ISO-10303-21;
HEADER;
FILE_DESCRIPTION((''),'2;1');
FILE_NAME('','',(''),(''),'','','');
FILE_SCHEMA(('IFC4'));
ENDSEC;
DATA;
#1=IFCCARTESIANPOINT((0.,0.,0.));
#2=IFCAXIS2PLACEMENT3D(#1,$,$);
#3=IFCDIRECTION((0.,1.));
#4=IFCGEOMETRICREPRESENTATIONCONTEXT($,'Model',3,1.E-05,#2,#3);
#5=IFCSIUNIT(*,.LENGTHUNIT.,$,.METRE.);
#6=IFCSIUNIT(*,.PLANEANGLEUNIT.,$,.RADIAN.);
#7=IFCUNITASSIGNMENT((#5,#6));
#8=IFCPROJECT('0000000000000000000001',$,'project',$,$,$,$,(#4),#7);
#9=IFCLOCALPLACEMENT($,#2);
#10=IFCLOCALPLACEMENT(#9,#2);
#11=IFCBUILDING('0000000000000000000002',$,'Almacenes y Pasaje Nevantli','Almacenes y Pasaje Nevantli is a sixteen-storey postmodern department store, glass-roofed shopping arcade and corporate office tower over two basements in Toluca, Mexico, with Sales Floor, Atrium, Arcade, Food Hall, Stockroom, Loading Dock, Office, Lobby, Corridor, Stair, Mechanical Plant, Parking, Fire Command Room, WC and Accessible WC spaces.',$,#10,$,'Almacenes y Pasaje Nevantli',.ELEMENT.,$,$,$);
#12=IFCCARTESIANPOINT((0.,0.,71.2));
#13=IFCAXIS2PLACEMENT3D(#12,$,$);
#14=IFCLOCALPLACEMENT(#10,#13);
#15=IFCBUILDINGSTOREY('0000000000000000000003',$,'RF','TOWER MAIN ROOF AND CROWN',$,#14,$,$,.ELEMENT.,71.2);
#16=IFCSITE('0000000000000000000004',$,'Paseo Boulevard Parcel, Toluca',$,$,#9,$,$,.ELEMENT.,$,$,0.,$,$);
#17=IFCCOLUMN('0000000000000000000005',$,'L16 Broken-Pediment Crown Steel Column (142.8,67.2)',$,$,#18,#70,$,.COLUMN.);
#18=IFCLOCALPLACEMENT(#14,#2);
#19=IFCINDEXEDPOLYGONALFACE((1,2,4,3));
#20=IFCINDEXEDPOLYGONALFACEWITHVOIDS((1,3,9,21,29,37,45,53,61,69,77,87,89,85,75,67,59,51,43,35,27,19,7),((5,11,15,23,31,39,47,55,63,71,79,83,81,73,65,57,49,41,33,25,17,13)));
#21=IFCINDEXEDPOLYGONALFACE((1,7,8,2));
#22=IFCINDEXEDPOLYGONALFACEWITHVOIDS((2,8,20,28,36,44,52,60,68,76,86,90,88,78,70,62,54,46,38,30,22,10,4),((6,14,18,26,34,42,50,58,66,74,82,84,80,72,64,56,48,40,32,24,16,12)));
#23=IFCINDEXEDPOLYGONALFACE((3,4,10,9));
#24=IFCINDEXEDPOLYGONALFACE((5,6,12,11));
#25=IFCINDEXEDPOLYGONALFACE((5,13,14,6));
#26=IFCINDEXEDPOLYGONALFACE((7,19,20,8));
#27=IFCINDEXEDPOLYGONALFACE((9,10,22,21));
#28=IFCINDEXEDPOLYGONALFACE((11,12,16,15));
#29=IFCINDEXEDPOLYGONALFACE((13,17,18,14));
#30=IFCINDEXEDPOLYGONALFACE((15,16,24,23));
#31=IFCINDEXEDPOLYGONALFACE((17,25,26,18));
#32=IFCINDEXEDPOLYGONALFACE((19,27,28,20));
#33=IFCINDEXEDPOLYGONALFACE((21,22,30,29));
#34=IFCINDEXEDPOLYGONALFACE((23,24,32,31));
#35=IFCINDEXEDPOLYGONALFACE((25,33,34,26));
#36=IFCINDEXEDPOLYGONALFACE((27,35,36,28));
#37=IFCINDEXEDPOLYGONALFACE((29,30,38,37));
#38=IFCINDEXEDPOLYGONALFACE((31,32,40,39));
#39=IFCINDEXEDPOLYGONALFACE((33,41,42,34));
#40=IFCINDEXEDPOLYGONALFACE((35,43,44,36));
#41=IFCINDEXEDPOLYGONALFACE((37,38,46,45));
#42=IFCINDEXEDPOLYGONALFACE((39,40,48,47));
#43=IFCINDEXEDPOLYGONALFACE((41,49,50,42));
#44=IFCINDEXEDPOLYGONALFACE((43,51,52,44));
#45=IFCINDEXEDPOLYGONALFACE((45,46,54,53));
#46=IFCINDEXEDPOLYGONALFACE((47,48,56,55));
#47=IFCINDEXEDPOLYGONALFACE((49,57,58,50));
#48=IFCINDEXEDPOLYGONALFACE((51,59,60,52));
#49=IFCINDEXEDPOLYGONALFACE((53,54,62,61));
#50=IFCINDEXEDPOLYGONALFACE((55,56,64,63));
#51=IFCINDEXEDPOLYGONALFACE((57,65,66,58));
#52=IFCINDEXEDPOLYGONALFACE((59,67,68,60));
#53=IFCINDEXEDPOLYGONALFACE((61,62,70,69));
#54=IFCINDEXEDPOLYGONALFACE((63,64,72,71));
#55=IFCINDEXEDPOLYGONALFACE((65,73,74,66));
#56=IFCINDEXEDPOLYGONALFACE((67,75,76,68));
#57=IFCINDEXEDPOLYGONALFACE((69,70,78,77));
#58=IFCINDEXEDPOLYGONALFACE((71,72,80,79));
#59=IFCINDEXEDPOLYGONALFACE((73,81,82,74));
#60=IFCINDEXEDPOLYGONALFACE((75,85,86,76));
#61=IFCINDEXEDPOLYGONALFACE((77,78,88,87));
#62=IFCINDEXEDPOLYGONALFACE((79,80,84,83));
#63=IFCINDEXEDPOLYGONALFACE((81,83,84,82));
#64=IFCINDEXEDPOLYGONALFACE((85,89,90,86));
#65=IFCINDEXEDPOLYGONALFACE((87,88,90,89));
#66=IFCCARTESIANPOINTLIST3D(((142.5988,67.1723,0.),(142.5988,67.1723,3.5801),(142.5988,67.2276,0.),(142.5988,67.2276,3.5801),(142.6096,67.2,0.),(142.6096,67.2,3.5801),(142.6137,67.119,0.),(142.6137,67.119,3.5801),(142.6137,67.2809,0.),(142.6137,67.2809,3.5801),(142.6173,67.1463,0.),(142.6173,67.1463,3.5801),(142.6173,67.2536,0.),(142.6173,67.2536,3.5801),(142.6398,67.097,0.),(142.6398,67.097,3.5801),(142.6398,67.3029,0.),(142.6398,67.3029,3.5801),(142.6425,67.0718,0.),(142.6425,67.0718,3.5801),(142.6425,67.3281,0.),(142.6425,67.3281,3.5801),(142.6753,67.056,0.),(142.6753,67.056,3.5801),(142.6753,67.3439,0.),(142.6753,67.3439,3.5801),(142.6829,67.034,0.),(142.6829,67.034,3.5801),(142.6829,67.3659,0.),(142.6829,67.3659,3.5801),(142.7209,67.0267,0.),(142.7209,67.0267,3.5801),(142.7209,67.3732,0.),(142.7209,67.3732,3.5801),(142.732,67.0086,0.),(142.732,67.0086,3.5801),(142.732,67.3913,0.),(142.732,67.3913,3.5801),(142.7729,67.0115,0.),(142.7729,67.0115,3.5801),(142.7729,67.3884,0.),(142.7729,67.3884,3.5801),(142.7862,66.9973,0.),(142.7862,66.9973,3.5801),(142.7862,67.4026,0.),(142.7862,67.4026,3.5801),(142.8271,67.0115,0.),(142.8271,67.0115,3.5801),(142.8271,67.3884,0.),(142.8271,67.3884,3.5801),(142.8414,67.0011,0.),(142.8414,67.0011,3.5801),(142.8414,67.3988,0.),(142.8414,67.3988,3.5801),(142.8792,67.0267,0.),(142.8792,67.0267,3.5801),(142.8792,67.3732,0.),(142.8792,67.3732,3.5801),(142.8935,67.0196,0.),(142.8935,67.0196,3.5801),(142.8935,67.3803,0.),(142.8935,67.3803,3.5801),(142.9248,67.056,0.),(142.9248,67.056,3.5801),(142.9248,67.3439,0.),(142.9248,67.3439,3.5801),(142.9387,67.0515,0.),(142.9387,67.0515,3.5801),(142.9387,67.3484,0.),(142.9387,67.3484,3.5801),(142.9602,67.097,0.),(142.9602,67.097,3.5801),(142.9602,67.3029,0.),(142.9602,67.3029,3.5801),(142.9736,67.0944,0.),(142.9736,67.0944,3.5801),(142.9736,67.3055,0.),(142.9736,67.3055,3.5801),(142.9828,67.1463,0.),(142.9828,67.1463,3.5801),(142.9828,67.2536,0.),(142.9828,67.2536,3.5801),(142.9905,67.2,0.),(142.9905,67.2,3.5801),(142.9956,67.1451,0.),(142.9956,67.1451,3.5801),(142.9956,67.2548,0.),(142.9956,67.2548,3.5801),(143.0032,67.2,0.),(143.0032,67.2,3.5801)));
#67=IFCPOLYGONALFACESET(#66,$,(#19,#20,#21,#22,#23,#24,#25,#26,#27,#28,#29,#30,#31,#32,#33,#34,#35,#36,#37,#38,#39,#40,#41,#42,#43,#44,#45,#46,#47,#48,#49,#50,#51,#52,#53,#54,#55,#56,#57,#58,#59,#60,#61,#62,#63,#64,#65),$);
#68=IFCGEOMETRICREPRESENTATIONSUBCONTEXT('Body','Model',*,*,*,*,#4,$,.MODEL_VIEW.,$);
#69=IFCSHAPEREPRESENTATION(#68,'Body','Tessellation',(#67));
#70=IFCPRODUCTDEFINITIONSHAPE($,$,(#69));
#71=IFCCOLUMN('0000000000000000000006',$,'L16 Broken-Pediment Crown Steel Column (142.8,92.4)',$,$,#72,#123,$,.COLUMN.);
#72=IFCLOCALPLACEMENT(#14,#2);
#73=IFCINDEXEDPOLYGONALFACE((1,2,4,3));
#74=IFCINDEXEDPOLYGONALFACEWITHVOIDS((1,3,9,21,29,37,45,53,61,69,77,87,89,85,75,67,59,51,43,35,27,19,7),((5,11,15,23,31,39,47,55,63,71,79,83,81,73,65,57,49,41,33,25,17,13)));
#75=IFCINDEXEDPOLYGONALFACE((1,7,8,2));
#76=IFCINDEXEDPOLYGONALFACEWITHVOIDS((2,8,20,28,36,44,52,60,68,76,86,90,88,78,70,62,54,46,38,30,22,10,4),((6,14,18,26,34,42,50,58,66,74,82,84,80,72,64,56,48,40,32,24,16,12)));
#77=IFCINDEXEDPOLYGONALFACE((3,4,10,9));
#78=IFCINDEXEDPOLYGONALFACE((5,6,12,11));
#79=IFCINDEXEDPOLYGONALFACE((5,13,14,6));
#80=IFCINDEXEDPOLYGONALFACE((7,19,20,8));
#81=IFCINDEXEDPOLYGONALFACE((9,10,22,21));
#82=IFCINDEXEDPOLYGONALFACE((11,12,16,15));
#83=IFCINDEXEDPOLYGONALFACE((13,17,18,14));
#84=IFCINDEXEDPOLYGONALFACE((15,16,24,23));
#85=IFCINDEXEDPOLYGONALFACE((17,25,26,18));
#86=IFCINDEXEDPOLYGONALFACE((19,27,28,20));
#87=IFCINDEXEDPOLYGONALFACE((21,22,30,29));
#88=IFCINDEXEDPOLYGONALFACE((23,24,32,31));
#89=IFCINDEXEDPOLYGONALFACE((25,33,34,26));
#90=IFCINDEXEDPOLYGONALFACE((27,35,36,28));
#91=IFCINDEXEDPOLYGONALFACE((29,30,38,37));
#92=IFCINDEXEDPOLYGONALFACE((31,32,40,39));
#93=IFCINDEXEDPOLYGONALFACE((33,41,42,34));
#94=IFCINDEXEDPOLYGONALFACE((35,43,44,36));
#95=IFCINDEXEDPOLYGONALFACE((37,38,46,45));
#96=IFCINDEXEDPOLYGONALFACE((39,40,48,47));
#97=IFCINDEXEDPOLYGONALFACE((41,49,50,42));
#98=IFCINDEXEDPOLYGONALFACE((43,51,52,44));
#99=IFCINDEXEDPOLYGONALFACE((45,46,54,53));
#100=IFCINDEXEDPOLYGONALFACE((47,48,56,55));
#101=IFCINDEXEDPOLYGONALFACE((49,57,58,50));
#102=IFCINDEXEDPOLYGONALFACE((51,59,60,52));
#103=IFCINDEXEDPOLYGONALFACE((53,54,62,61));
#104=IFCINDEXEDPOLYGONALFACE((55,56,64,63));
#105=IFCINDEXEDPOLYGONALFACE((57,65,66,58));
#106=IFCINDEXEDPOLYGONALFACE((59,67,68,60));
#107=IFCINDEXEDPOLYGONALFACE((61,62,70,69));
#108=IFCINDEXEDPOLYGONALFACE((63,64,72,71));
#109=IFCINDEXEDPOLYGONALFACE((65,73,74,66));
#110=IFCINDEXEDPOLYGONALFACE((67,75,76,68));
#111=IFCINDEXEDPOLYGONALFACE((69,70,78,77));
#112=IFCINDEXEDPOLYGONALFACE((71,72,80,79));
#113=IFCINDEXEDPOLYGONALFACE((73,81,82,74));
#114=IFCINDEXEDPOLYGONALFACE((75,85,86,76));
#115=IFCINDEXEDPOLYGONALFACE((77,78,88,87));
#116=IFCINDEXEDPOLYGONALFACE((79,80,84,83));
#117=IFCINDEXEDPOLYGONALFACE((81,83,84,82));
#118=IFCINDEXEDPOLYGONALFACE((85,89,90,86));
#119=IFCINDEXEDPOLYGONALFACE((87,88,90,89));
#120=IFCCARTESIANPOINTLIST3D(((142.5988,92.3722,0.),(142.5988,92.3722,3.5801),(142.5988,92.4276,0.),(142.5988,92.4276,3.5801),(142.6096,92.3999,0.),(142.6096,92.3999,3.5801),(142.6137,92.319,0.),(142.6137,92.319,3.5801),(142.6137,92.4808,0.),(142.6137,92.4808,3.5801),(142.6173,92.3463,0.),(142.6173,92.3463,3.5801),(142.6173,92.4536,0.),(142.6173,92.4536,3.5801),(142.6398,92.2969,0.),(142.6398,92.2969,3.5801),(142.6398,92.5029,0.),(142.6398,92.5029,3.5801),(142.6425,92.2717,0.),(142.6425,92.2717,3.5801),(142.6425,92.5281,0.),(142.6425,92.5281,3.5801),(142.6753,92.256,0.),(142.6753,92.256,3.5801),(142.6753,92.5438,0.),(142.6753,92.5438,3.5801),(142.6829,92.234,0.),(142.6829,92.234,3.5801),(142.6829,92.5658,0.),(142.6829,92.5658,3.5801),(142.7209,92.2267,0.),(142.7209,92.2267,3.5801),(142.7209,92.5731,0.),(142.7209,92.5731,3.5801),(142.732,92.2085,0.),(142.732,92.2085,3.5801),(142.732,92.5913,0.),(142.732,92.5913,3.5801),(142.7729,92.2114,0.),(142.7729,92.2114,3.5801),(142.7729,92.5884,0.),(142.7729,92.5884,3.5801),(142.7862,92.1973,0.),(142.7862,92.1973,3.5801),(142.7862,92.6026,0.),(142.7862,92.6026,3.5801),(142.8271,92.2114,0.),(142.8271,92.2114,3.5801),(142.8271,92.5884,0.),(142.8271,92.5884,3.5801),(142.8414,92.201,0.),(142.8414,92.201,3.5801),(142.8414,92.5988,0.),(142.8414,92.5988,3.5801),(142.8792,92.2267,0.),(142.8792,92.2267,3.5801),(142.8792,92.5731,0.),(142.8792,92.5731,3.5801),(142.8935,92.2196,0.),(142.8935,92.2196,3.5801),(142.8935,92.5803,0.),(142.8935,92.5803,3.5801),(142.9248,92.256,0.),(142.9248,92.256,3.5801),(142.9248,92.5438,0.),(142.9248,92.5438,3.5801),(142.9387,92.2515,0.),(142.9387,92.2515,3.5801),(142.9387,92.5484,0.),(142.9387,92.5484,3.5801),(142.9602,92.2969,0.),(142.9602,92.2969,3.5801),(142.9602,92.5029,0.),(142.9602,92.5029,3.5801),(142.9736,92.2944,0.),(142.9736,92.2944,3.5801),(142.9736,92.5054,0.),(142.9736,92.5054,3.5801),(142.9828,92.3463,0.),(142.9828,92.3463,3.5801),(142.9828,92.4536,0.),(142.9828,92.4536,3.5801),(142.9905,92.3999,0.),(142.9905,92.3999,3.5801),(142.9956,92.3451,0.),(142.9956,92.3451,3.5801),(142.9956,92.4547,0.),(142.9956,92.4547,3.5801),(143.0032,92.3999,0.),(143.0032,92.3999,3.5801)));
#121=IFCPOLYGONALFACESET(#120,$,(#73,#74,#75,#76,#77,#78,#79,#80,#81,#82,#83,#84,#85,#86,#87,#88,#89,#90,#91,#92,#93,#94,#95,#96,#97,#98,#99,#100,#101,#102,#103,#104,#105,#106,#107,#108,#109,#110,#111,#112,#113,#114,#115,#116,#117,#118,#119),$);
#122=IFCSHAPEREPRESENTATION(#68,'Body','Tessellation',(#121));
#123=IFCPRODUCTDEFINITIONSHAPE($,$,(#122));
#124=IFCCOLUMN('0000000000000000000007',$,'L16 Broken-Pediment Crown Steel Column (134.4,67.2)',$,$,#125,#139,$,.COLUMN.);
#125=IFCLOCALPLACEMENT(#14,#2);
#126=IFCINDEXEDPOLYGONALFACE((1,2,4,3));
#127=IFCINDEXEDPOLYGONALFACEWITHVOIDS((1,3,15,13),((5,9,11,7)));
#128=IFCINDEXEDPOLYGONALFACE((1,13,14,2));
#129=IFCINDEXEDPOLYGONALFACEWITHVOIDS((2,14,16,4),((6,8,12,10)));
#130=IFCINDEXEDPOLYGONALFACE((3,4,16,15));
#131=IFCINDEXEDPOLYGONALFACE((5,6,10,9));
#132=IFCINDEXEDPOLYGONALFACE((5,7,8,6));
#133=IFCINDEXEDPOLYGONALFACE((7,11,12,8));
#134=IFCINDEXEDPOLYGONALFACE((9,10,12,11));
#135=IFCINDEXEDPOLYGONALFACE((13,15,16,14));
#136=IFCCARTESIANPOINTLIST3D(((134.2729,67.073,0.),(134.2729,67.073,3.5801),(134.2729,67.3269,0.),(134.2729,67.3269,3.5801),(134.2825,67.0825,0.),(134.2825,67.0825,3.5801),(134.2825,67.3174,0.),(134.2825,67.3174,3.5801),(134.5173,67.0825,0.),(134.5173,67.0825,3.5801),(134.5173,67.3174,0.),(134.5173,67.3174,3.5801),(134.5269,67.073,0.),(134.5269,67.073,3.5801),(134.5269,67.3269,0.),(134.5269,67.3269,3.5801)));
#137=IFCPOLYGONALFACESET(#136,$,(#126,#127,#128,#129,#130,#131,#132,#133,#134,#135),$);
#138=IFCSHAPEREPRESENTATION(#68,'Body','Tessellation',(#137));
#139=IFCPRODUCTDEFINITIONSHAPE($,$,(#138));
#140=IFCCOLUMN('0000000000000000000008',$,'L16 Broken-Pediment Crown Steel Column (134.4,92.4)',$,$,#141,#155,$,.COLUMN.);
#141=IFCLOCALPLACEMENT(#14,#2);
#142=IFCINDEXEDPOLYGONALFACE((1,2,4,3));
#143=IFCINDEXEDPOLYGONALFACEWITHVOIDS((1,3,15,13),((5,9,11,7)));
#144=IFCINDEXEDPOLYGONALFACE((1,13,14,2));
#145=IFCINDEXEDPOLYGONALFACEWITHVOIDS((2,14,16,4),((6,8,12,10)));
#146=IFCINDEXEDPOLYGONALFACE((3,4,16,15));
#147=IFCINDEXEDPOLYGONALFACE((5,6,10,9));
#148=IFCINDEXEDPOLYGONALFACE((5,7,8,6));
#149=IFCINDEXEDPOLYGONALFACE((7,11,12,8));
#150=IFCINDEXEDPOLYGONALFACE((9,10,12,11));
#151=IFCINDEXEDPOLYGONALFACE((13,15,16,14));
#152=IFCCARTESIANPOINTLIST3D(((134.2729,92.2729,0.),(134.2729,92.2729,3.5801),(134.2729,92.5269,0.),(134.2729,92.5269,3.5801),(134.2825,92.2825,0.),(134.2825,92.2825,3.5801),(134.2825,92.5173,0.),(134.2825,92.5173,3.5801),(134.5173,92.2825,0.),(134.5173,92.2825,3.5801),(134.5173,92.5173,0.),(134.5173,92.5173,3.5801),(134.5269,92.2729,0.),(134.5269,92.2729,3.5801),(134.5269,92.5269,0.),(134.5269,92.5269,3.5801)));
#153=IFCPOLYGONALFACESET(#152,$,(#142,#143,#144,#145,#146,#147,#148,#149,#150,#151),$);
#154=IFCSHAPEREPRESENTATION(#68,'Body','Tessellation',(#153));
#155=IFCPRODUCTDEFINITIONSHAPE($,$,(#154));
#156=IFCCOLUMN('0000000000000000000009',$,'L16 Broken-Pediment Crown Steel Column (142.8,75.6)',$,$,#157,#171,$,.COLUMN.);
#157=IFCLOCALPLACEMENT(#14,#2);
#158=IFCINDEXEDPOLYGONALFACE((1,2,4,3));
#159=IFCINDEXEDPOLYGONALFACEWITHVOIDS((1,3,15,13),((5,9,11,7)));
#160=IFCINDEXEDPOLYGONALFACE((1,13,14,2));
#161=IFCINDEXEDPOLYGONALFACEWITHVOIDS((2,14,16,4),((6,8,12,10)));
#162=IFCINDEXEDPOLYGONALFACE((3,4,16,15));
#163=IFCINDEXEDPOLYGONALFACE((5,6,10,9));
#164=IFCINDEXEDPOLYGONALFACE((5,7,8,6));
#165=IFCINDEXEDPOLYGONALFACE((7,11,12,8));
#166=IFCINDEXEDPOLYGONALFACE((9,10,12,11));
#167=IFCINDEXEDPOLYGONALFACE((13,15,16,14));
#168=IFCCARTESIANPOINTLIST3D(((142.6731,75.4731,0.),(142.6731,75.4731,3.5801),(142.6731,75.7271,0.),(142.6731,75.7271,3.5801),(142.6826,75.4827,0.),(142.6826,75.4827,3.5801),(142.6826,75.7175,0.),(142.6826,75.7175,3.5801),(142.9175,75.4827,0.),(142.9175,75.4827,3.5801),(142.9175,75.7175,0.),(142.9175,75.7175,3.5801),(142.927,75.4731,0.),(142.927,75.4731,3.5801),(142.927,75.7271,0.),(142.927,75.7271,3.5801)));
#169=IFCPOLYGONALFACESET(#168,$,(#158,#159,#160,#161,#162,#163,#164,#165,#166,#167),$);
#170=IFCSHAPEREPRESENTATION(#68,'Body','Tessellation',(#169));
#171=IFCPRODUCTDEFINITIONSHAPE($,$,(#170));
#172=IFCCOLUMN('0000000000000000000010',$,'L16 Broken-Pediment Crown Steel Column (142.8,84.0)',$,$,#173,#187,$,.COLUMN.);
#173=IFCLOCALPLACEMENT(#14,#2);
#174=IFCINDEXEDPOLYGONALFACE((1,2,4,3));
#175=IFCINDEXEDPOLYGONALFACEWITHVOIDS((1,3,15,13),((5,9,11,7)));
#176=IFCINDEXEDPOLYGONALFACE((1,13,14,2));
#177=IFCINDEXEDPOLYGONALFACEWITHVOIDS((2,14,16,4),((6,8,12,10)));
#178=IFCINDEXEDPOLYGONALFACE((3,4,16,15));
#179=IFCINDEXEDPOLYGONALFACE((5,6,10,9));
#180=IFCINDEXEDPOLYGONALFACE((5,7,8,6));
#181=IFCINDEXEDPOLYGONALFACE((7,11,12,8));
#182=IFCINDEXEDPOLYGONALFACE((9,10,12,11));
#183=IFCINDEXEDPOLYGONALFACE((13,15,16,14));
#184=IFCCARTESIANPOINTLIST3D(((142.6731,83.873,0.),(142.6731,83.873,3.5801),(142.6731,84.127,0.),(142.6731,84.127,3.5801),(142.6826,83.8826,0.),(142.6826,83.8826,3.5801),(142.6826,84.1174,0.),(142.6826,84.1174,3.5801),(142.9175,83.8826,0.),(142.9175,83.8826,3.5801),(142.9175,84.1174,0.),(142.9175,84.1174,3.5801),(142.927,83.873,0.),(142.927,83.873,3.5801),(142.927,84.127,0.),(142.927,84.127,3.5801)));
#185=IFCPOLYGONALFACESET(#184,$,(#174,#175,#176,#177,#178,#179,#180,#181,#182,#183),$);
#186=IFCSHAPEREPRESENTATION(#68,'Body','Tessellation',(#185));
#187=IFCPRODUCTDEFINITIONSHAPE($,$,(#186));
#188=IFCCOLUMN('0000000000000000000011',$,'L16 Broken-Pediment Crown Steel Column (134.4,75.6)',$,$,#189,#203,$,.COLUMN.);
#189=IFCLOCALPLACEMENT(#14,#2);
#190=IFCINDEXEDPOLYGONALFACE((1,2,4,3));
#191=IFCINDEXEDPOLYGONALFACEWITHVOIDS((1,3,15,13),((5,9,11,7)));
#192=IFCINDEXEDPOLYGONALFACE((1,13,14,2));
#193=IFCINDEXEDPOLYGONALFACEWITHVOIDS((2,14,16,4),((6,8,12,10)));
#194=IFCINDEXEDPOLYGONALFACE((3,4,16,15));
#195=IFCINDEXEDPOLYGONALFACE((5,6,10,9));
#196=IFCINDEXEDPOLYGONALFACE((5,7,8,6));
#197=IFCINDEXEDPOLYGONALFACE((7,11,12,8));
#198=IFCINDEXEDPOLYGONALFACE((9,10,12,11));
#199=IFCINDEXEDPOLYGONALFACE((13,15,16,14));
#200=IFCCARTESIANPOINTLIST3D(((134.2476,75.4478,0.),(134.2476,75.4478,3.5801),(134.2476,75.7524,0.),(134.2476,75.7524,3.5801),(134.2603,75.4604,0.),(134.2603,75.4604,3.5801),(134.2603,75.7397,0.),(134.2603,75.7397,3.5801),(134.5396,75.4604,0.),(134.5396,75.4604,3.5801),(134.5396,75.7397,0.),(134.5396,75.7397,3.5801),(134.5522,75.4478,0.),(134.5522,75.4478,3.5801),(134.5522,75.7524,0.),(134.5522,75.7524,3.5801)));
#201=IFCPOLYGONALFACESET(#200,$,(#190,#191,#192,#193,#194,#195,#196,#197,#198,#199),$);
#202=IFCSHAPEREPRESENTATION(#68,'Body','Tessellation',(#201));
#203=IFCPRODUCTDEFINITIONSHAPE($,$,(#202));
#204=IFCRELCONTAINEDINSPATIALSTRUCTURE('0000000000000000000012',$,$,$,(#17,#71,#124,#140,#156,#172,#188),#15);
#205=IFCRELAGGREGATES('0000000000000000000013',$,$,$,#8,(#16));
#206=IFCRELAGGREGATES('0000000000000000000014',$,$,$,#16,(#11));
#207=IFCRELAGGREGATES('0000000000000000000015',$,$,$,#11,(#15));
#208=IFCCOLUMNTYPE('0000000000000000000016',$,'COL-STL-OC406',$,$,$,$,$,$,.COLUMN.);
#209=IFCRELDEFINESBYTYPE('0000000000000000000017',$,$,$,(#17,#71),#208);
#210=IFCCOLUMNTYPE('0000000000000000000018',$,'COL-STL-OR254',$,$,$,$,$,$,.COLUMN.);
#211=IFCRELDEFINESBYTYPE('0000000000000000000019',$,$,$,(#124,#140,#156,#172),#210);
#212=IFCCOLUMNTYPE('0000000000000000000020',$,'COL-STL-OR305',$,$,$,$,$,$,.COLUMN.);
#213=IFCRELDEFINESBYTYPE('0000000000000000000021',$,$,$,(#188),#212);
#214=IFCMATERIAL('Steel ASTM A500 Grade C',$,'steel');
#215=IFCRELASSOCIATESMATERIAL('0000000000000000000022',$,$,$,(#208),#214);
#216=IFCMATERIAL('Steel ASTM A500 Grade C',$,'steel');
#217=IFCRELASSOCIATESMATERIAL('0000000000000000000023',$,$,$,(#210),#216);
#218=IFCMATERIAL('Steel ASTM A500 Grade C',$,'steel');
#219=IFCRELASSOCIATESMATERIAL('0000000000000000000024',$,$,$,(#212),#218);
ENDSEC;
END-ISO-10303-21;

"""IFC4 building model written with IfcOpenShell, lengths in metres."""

from ifc_helpers import new_model, si_unit, direction, frame, origin, origin_2d, place, context, subcontext, project, spatial, hollow_rectangle, hollow_circle, extrude, material, material_profile, profile_set, type_object, element, save


model = new_model("IFC4")

# Units and contexts
model_context = context("Model", 3, precision=1e-05, world=origin(), true_north=direction((0.0, 1.0)))
body_context = subcontext(model_context, "Body", "Model", "MODEL_VIEW")
ifc_project = project(units=[si_unit("LENGTHUNIT", "METRE"), si_unit("PLANEANGLEUNIT", "RADIAN")], contexts=[model_context])

# Site, building, storey
site_placement = place(None, origin())
site = spatial("IfcSite", under=ifc_project, at=site_placement, Name="Paseo Boulevard Parcel, Toluca", CompositionType="ELEMENT", RefElevation=0.0)
building_placement = place(site_placement, origin())
building = spatial("IfcBuilding", under=site, at=building_placement, Name="Almacenes y Pasaje Nevantli", Description="Almacenes y Pasaje Nevantli is a sixteen-storey postmodern department store, glass-roofed shopping arcade and corporate office tower over two basements in Toluca, Mexico, with Sales Floor, Atrium, Arcade, Food Hall, Stockroom, Loading Dock, Office, Lobby, Corridor, Stair, Mechanical Plant, Parking, Fire Command Room, WC and Accessible WC spaces.", LongName="Almacenes y Pasaje Nevantli", CompositionType="ELEMENT")
storey_placement = place(building_placement, frame((0.0, 0.0, 71.2)))
storey = spatial("IfcBuildingStorey", under=building, at=storey_placement, Name="RF", Description="TOWER MAIN ROOF AND CROWN", CompositionType="ELEMENT", Elevation=71.2)

# Columns
ifc_material_1 = material(Name="Steel ASTM A500 Grade C", Category="steel")
ifc_material_profile_1 = material_profile(ifc_material_1, hollow_circle(Radius=0.2031, WallThickness=0.0127, at=origin_2d()), Name="OC 406x12.7")
ifc_profile_set_1 = profile_set([ifc_material_profile_1], Name="Steel ASTM A500 Grade C")
column_type_1 = type_object("IfcColumnType", Name="COL-STL-OC406", PredefinedType="COLUMN", material=ifc_profile_set_1)
for number, where, z_axis, x_axis, name in (
    (1, (142.8, 67.2, 0.0), (0.0, 0.0, 1.0), (1.0, 0.0, 0.0), "L16 Broken-Pediment Crown Steel Column (142.8,67.2)"),
    (2, (142.8, 92.3999, 0.0), (0.0, 0.0, 1.0), (1.0, 0.0, 0.0), "L16 Broken-Pediment Crown Steel Column (142.8,92.4)"),
):
    element("IfcColumn", number, at=place(storey_placement, frame(where, z_axis=z_axis, x_axis=x_axis)), inside=storey, type_object=column_type_1, Name=name, PredefinedType="COLUMN", context=body_context, shape_type="SweptSolid", body=[
        extrude(hollow_circle(Radius=0.2031, WallThickness=0.0127, at=origin_2d()), origin(), (0.0, 0.0, 1.0), 3.5801),
    ])
ifc_material_2 = material(Name="Steel ASTM A500 Grade C", Category="steel")
ifc_material_profile_2 = material_profile(ifc_material_2, hollow_rectangle(XDim=0.2539, YDim=0.2539, WallThickness=0.0095, at=origin_2d()), Name="OR 254x254x9.5")
ifc_profile_set_2 = profile_set([ifc_material_profile_2], Name="Steel ASTM A500 Grade C")
column_type_2 = type_object("IfcColumnType", Name="COL-STL-OR254", PredefinedType="COLUMN", material=ifc_profile_set_2)
for number, where, z_axis, x_axis, name in (
    (3, (134.3999, 67.2, 0.0), (0.0, 0.0, 1.0), (1.0, 0.0, 0.0), "L16 Broken-Pediment Crown Steel Column (134.4,67.2)"),
    (4, (134.3999, 92.3999, 0.0), (0.0, 0.0, 1.0), (1.0, 0.0, 0.0), "L16 Broken-Pediment Crown Steel Column (134.4,92.4)"),
    (5, (142.8, 75.6001, 0.0), (0.0, 0.0, 1.0), (1.0, 0.0, 0.0), "L16 Broken-Pediment Crown Steel Column (142.8,75.6)"),
    (6, (142.8, 84.0, 0.0), (0.0, 0.0, 1.0), (1.0, 0.0, 0.0), "L16 Broken-Pediment Crown Steel Column (142.8,84.0)"),
):
    element("IfcColumn", number, at=place(storey_placement, frame(where, z_axis=z_axis, x_axis=x_axis)), inside=storey, type_object=column_type_2, Name=name, PredefinedType="COLUMN", context=body_context, shape_type="SweptSolid", body=[
        extrude(hollow_rectangle(XDim=0.2539, YDim=0.2539, WallThickness=0.0095, at=origin_2d()), origin(), (0.0, 0.0, 1.0), 3.5801),
    ])
ifc_material_3 = material(Name="Steel ASTM A500 Grade C", Category="steel")
ifc_material_profile_3 = material_profile(ifc_material_3, hollow_rectangle(XDim=0.3047, YDim=0.3047, WallThickness=0.0127, at=origin_2d()), Name="OR 305x305x12.7")
ifc_profile_set_3 = profile_set([ifc_material_profile_3], Name="Steel ASTM A500 Grade C")
column_type_3 = type_object("IfcColumnType", Name="COL-STL-OR305", PredefinedType="COLUMN", material=ifc_profile_set_3)
for number, where, z_axis, x_axis, name in (
    (7, (134.3999, 75.6001, 0.0), (0.0, 0.0, 1.0), (1.0, 0.0, 0.0), "L16 Broken-Pediment Crown Steel Column (134.4,75.6)"),
):
    element("IfcColumn", number, at=place(storey_placement, frame(where, z_axis=z_axis, x_axis=x_axis)), inside=storey, type_object=column_type_3, Name=name, PredefinedType="COLUMN", context=body_context, shape_type="SweptSolid", body=[
        extrude(hollow_rectangle(XDim=0.3047, YDim=0.3047, WallThickness=0.0127, at=origin_2d()), origin(), (0.0, 0.0, 1.0), 3.5801),
    ])

save(model, "model.ifc")
